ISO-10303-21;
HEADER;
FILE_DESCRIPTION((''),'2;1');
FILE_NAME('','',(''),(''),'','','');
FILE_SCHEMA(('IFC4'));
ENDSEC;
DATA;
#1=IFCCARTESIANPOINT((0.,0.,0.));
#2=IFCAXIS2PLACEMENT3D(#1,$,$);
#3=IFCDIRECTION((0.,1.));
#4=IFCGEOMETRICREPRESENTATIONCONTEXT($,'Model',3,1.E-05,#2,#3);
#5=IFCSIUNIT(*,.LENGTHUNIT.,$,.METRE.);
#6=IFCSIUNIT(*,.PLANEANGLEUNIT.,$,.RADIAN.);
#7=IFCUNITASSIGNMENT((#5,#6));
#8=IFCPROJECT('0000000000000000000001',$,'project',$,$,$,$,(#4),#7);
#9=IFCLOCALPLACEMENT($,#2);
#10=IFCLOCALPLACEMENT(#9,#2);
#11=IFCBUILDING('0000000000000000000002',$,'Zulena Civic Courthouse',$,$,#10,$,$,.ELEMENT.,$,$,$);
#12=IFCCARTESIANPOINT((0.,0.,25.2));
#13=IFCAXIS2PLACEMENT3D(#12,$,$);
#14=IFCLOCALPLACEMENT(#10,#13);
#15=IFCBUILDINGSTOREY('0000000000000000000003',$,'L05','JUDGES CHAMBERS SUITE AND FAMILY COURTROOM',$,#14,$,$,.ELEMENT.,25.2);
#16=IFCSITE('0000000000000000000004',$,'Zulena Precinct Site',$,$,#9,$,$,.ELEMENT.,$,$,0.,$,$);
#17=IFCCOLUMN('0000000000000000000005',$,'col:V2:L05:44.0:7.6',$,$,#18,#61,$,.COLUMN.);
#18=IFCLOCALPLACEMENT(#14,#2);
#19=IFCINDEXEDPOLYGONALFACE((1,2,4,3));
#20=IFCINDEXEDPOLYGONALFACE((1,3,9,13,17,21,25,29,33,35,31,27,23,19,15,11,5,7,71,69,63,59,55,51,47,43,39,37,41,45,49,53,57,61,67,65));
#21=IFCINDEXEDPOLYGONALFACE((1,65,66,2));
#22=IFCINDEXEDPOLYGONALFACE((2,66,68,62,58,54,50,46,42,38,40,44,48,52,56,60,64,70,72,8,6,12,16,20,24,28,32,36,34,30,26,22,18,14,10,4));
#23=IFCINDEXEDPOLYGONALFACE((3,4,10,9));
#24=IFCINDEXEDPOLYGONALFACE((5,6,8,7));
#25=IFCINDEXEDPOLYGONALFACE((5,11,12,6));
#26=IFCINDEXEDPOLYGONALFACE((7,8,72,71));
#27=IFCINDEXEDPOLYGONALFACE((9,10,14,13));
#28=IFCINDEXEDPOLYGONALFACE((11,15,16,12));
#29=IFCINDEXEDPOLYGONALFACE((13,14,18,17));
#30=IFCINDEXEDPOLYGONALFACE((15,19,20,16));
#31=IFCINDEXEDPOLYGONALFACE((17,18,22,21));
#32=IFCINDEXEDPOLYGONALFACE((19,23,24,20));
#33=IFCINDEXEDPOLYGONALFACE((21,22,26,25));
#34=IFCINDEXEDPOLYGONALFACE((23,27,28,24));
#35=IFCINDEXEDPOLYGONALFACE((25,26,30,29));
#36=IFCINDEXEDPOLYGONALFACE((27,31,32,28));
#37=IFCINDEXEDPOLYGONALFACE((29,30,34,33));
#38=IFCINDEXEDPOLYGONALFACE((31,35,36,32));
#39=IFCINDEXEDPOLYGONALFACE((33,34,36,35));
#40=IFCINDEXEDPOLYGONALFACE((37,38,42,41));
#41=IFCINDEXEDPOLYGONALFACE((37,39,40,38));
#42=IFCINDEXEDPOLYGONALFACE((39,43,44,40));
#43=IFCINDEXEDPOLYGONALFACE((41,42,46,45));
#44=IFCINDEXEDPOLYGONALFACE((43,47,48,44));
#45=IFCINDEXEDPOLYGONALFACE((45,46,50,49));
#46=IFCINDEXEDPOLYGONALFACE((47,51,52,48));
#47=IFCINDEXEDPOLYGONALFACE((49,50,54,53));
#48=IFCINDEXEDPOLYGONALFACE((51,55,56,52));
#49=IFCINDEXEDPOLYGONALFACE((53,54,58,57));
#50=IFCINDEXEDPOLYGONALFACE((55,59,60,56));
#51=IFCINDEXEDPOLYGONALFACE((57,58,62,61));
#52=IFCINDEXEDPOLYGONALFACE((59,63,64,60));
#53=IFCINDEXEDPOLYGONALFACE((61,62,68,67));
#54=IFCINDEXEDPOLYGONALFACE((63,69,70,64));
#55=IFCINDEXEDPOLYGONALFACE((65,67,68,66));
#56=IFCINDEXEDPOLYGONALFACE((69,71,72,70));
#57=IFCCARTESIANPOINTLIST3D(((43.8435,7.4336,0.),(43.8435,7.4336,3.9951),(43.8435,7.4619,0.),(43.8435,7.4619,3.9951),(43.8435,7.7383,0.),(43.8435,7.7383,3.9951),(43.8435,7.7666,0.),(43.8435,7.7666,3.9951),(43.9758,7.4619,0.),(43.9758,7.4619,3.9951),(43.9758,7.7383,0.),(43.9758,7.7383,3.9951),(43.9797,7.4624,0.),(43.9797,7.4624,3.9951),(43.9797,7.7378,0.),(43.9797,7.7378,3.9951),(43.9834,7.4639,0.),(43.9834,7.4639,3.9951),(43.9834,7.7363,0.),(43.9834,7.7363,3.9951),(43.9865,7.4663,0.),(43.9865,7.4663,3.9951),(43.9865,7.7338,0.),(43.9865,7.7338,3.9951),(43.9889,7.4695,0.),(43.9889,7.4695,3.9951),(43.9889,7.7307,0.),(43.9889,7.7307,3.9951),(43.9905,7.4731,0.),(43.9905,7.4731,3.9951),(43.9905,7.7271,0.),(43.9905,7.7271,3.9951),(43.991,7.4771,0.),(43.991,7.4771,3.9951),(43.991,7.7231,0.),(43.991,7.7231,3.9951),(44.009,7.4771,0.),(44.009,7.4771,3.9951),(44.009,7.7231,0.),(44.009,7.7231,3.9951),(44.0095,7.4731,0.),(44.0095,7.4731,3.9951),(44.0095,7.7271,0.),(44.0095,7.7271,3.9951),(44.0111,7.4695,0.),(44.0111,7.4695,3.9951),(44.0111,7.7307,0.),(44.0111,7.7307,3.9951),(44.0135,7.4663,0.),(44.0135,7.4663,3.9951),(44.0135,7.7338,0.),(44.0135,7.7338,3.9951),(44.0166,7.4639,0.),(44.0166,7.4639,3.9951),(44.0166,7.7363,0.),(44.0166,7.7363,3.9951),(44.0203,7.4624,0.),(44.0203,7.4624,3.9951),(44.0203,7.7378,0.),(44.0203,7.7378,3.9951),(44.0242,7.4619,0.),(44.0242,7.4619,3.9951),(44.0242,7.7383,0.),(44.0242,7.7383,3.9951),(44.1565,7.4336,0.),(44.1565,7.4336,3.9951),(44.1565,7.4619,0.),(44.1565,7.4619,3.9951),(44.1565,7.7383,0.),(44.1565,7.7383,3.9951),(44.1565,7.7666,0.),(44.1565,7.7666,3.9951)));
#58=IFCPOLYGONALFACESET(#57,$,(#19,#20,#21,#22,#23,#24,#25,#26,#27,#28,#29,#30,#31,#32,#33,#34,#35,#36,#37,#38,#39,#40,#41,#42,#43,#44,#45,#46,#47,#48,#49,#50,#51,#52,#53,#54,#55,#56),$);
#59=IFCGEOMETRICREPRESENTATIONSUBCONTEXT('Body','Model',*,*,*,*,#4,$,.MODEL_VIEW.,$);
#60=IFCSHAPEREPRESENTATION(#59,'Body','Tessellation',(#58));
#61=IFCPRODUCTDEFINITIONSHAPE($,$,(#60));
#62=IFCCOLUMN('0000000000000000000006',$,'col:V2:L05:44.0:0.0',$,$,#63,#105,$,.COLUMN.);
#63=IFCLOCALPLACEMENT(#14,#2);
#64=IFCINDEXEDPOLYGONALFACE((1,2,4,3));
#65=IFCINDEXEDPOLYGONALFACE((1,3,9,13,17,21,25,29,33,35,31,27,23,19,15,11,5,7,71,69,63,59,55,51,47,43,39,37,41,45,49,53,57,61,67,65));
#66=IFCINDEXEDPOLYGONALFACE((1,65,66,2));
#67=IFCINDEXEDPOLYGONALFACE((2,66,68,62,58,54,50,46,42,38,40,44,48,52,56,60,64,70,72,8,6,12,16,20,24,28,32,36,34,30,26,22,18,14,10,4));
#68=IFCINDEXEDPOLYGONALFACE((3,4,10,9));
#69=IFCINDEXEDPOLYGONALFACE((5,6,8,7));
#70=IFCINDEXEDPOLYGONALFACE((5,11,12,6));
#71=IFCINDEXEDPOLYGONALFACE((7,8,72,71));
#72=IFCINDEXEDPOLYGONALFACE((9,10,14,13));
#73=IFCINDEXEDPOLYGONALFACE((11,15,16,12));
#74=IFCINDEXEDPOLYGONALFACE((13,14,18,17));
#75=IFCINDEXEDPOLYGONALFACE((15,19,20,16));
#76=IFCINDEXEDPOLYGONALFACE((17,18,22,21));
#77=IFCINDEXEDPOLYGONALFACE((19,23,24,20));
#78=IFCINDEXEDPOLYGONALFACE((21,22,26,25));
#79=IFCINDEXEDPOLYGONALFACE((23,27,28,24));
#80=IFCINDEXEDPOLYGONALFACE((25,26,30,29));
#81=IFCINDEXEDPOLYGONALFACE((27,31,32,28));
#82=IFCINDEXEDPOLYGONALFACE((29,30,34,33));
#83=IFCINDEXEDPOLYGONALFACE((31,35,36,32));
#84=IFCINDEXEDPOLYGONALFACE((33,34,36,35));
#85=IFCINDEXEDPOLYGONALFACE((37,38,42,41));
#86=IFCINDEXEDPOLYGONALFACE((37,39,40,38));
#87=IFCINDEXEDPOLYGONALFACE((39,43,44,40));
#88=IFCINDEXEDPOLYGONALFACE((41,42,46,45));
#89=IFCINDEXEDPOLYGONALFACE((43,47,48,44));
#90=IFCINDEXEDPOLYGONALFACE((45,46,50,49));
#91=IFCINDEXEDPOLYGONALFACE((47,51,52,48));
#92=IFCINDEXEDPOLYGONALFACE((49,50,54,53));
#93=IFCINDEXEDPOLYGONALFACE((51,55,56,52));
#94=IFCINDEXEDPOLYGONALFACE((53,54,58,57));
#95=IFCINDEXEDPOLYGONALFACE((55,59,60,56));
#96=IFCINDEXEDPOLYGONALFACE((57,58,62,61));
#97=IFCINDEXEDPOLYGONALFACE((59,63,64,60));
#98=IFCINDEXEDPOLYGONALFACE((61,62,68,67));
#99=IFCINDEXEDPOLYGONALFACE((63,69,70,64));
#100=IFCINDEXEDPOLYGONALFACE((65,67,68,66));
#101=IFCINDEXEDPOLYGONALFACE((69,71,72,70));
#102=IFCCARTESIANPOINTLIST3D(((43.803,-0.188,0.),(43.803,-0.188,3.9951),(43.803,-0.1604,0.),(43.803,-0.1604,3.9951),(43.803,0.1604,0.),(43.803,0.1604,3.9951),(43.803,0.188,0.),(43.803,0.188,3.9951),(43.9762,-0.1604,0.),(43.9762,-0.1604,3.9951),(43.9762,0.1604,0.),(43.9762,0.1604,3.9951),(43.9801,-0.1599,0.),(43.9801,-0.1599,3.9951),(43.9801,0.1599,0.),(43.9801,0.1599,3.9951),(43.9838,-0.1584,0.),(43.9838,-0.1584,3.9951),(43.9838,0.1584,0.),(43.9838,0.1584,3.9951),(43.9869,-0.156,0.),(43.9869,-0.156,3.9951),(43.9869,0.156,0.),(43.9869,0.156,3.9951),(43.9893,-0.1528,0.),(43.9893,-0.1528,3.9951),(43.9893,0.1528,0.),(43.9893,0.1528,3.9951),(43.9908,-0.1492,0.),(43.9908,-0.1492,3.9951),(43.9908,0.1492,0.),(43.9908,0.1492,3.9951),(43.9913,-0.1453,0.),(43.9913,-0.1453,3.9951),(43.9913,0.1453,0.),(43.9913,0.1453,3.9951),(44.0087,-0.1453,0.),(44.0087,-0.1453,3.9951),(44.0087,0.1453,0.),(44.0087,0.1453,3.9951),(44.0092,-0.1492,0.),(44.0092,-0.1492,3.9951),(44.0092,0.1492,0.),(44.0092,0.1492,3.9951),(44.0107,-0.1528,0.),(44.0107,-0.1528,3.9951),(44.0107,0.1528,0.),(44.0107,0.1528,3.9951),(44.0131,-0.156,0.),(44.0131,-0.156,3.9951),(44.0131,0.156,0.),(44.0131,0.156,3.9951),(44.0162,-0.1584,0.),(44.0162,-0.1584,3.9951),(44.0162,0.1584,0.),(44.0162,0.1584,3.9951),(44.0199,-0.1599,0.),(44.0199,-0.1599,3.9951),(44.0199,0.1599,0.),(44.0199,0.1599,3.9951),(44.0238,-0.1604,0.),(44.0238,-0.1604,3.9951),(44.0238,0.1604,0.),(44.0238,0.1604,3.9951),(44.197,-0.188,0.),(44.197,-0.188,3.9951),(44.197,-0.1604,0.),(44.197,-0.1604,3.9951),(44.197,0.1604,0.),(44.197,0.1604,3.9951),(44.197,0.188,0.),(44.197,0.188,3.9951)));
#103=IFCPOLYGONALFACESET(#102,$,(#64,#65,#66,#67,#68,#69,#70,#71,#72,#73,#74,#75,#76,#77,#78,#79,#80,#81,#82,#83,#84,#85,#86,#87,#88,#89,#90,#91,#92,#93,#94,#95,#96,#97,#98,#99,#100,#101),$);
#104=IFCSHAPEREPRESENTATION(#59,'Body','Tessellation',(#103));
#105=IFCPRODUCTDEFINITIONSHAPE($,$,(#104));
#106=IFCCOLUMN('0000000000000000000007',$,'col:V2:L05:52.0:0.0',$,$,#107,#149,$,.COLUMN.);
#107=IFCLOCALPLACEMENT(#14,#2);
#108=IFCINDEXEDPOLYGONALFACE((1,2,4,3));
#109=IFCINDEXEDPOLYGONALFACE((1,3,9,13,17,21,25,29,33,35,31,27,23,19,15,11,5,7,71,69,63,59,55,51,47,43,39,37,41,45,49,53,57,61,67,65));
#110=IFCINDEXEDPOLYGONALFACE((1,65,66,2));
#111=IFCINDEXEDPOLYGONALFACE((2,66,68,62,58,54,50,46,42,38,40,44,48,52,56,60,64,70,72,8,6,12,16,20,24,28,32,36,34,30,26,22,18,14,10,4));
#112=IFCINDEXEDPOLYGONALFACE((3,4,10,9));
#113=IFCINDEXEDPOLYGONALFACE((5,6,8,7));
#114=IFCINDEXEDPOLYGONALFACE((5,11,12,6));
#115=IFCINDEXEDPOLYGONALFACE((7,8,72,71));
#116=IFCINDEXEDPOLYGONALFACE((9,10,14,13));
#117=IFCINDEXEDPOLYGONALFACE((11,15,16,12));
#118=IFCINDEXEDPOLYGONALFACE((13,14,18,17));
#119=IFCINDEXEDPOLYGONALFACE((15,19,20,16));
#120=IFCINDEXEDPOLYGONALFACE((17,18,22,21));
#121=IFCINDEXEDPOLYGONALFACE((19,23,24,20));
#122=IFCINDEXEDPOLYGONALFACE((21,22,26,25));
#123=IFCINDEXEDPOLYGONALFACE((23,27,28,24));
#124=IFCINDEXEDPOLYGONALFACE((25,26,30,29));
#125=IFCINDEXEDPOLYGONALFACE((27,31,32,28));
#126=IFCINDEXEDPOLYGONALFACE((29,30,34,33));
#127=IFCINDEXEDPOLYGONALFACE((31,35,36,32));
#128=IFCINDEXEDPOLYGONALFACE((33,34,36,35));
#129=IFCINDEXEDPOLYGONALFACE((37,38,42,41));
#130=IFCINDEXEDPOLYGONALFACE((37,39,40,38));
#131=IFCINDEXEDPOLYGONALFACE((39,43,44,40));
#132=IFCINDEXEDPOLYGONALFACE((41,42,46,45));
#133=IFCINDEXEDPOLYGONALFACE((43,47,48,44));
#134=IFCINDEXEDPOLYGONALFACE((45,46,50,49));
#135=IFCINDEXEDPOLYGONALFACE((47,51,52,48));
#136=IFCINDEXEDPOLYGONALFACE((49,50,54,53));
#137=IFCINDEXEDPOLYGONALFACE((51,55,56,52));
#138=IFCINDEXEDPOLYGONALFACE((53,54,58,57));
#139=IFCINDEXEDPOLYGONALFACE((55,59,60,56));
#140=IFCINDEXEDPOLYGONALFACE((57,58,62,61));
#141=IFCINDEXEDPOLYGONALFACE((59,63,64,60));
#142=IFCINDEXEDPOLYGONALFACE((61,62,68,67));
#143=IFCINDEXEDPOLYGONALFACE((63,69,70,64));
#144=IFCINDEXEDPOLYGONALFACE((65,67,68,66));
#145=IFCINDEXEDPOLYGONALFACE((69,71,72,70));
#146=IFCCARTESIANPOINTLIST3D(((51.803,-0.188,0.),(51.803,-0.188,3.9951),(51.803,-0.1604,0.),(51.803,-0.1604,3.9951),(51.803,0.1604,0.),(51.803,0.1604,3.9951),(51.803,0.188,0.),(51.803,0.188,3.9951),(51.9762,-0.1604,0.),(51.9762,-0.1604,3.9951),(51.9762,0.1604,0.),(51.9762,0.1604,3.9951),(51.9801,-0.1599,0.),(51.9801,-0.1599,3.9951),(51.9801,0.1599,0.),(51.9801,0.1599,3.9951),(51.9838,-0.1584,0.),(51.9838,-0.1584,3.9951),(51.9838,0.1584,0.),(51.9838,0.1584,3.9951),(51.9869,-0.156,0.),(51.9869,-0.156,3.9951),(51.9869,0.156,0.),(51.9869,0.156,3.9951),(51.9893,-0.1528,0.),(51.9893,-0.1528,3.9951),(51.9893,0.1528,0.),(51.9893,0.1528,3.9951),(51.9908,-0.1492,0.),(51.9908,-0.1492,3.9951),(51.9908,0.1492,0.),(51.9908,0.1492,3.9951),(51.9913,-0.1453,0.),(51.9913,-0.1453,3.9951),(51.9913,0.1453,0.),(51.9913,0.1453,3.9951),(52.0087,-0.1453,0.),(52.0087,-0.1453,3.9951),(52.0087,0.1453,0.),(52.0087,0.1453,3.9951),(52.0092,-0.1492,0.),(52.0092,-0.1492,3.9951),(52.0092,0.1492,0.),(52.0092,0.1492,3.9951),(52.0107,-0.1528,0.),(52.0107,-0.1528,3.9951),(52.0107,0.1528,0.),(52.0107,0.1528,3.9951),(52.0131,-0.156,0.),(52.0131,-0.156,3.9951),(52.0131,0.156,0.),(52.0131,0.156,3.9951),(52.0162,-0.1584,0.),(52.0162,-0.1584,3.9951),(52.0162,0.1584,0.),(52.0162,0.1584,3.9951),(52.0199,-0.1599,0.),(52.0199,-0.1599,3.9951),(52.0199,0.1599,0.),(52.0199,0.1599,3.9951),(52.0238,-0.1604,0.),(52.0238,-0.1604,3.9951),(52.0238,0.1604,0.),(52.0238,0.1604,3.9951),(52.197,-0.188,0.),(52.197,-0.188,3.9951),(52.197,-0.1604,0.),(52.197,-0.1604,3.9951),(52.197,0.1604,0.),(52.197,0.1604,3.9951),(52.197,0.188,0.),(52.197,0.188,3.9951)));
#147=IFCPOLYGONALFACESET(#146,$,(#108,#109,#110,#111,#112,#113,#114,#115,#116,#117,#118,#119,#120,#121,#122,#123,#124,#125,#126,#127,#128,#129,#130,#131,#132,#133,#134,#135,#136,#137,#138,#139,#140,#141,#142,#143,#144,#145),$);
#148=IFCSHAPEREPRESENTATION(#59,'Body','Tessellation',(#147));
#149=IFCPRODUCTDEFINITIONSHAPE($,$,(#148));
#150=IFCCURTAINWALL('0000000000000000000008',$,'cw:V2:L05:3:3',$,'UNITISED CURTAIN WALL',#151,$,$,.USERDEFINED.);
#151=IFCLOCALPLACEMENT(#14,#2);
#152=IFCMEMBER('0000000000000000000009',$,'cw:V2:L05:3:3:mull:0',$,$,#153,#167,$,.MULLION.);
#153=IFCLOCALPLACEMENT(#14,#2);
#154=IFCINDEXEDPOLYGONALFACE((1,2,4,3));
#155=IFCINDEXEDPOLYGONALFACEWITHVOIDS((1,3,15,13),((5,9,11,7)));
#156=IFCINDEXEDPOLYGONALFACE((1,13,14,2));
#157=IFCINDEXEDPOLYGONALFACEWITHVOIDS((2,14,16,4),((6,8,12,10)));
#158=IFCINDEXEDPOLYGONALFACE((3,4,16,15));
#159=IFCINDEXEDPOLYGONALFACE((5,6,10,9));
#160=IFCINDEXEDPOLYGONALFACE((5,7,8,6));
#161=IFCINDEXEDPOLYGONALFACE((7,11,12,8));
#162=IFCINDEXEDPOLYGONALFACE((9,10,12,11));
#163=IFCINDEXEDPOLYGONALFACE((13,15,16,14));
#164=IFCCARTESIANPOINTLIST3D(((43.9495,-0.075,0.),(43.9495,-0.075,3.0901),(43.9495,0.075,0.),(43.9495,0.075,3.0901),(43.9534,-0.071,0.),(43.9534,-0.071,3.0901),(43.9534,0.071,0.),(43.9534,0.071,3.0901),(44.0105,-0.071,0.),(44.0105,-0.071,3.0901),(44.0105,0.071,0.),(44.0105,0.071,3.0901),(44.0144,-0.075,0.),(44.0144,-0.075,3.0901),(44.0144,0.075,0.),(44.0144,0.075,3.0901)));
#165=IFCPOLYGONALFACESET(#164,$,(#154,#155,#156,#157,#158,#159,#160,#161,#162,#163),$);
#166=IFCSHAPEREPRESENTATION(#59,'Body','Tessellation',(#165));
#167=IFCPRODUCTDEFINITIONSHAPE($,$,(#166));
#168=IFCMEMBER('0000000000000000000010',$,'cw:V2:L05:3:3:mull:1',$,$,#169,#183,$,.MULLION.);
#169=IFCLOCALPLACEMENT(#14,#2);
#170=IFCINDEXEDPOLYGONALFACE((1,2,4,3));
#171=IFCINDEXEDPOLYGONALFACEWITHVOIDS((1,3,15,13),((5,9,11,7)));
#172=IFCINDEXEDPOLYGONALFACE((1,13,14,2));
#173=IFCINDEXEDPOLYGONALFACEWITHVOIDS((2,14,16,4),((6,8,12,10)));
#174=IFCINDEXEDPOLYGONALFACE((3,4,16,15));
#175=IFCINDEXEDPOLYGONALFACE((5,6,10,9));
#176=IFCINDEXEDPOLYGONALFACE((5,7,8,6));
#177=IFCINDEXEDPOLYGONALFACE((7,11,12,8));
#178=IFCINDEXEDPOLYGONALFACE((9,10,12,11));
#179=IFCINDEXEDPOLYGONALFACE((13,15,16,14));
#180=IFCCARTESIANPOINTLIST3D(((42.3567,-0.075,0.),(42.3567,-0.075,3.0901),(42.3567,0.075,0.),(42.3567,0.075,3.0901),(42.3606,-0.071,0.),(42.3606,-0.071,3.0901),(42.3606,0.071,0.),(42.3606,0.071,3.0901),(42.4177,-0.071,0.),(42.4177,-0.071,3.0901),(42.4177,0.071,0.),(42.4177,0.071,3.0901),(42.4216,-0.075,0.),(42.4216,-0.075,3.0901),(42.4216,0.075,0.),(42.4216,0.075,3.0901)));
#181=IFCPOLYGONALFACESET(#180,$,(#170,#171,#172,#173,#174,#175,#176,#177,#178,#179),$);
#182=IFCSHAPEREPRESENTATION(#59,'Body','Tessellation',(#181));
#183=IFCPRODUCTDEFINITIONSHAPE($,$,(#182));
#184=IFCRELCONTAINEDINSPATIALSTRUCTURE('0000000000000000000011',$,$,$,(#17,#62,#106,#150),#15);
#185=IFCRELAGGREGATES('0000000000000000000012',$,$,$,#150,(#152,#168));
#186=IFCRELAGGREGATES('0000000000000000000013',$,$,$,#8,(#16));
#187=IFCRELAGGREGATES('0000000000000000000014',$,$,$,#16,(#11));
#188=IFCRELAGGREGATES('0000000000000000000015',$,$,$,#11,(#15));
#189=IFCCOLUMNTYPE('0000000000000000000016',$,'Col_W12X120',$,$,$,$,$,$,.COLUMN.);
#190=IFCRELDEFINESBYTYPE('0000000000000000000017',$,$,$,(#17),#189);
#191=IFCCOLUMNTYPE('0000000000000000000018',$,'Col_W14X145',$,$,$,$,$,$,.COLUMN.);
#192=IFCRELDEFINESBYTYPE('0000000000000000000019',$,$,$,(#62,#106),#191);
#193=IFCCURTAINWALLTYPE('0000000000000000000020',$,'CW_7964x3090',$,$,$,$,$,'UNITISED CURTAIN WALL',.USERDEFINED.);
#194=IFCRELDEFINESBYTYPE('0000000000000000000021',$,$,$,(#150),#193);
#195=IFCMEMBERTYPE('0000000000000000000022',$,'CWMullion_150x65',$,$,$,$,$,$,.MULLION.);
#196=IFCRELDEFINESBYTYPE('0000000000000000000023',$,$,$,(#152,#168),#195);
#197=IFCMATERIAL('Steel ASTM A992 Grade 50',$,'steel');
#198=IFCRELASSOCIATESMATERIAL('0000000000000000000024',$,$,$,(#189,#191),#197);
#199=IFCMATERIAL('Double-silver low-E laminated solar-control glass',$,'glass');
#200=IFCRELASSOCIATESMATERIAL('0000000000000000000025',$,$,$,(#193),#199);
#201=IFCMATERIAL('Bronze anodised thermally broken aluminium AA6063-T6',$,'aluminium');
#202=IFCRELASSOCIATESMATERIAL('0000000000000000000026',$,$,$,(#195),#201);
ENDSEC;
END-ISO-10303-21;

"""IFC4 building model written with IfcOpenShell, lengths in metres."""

from ifc_helpers import new_model, si_unit, direction, frame, origin, origin_2d, place, context, subcontext, project, spatial, hollow_rectangle, i_section, extrude, material, material_profile, profile_set, type_object, element, aggregate, save


model = new_model("IFC4")

# Units and contexts
model_context = context("Model", 3, precision=1e-05, world=origin(), true_north=direction((0.0, 1.0)))
body_context = subcontext(model_context, "Body", "Model", "MODEL_VIEW")
ifc_project = project(units=[si_unit("LENGTHUNIT", "METRE"), si_unit("PLANEANGLEUNIT", "RADIAN")], contexts=[model_context])

# Site, building, storey
site_placement = place(None, origin())
site = spatial("IfcSite", under=ifc_project, at=site_placement, Name="Zulena Precinct Site", CompositionType="ELEMENT", RefElevation=0.0)
building_placement = place(site_placement, origin())
building = spatial("IfcBuilding", under=site, at=building_placement, Name="Zulena Civic Courthouse", CompositionType="ELEMENT")
storey_placement = place(building_placement, frame((0.0, 0.0, 25.2)))
storey = spatial("IfcBuildingStorey", under=building, at=storey_placement, Name="L05", Description="JUDGES CHAMBERS SUITE AND FAMILY COURTROOM", CompositionType="ELEMENT", Elevation=25.2)

# Columns
ifc_material_1 = material(Name="Steel ASTM A992 Grade 50", Category="steel")
ifc_material_profile_1 = material_profile(ifc_material_1, i_section(OverallWidth=0.313, OverallDepth=0.333, WebThickness=0.0181, FlangeThickness=0.0283, FilletRadius=0.0151, at=origin_2d()), Name="W12X120")
ifc_profile_set_1 = profile_set([ifc_material_profile_1], Name="Steel ASTM A992 Grade 50")
column_type_1 = type_object("IfcColumnType", Name="Col_W12X120", PredefinedType="COLUMN", material=ifc_profile_set_1)
column_placement = place(storey_placement, frame((44.0, 7.6001, 0.0), z_axis=(0.0, 0.0, 1.0), x_axis=(1.0, 0.0, 0.0)))
element("IfcColumn", 1, at=column_placement, inside=storey, type_object=column_type_1, Name="col:V2:L05:44.0:7.6", PredefinedType="COLUMN", context=body_context, shape_type="SweptSolid", body=[
    extrude(i_section(OverallWidth=0.313, OverallDepth=0.333, WebThickness=0.0181, FlangeThickness=0.0283, FilletRadius=0.0151, at=origin_2d()), origin(), (0.0, 0.0, 1.0), 3.9951),
])
ifc_material_profile_2 = material_profile(ifc_material_1, i_section(OverallWidth=0.394, OverallDepth=0.376, WebThickness=0.0173, FlangeThickness=0.0276, FilletRadius=0.0151, at=origin_2d()), Name="W14X145")
ifc_profile_set_2 = profile_set([ifc_material_profile_2], Name="Steel ASTM A992 Grade 50")
column_type_2 = type_object("IfcColumnType", Name="Col_W14X145", PredefinedType="COLUMN", material=ifc_profile_set_2)
for number, where, z_axis, x_axis, name in (
    (2, (44.0, 0.0, 0.0), (0.0, 0.0, 1.0), (1.0, 0.0, 0.0), "col:V2:L05:44.0:0.0"),
    (3, (52.0, 0.0, 0.0), (0.0, 0.0, 1.0), (1.0, 0.0, 0.0), "col:V2:L05:52.0:0.0"),
):
    element("IfcColumn", number, at=place(storey_placement, frame(where, z_axis=z_axis, x_axis=x_axis)), inside=storey, type_object=column_type_2, Name=name, PredefinedType="COLUMN", context=body_context, shape_type="SweptSolid", body=[
        extrude(i_section(OverallWidth=0.394, OverallDepth=0.376, WebThickness=0.0173, FlangeThickness=0.0276, FilletRadius=0.0151, at=origin_2d()), origin(), (0.0, 0.0, 1.0), 3.9951),
    ])

# Curtain wall, members
ifc_material_2 = material(Name="Double-silver low-E laminated solar-control glass", Category="glass")
curtain_wall_type = type_object("IfcCurtainWallType", Name="CW_7964x3090", ElementType="UNITISED CURTAIN WALL", PredefinedType="USERDEFINED", material=ifc_material_2)
curtain_wall_placement = place(storey_placement, origin())
curtain_wall = element("IfcCurtainWall", 4, at=curtain_wall_placement, inside=storey, type_object=curtain_wall_type, Name="cw:V2:L05:3:3", ObjectType="UNITISED CURTAIN WALL", PredefinedType="USERDEFINED")
ifc_material_3 = material(Name="Bronze anodised thermally broken aluminium AA6063-T6", Category="aluminium")
ifc_material_profile_3 = material_profile(ifc_material_3, hollow_rectangle(XDim=0.0649, YDim=0.1499, WallThickness=0.0039, at=origin_2d()), Name="CWM150X65X4")
ifc_profile_set_3 = profile_set([ifc_material_profile_3], Name="Bronze anodised thermally broken aluminium AA6063-T6")
member_type_1 = type_object("IfcMemberType", Name="CWMullion_150x65", PredefinedType="MULLION", material=ifc_profile_set_3)
member_1_placement = place(storey_placement, frame((43.9819, 0.0, 0.0), z_axis=(0.0, 0.0, 1.0), x_axis=(1.0, 0.0, 0.0)))
member_1 = element("IfcMember", 5, at=member_1_placement, type_object=member_type_1, Name="cw:V2:L05:3:3:mull:0", PredefinedType="MULLION", context=body_context, shape_type="SweptSolid", body=[
    extrude(hollow_rectangle(XDim=0.0649, YDim=0.1499, WallThickness=0.0039, at=origin_2d()), origin(), (0.0, 0.0, 1.0), 3.0901),
])
member_2_placement = place(storey_placement, frame((42.3892, 0.0, 0.0), z_axis=(0.0, 0.0, 1.0), x_axis=(1.0, 0.0, 0.0)))
member_2 = element("IfcMember", 6, at=member_2_placement, type_object=member_type_1, Name="cw:V2:L05:3:3:mull:1", PredefinedType="MULLION", context=body_context, shape_type="SweptSolid", body=[
    extrude(hollow_rectangle(XDim=0.0649, YDim=0.1499, WallThickness=0.0039, at=origin_2d()), origin(), (0.0, 0.0, 1.0), 3.0901),
])

aggregate(curtain_wall, [member_1, member_2])

save(model, "model.ifc")
